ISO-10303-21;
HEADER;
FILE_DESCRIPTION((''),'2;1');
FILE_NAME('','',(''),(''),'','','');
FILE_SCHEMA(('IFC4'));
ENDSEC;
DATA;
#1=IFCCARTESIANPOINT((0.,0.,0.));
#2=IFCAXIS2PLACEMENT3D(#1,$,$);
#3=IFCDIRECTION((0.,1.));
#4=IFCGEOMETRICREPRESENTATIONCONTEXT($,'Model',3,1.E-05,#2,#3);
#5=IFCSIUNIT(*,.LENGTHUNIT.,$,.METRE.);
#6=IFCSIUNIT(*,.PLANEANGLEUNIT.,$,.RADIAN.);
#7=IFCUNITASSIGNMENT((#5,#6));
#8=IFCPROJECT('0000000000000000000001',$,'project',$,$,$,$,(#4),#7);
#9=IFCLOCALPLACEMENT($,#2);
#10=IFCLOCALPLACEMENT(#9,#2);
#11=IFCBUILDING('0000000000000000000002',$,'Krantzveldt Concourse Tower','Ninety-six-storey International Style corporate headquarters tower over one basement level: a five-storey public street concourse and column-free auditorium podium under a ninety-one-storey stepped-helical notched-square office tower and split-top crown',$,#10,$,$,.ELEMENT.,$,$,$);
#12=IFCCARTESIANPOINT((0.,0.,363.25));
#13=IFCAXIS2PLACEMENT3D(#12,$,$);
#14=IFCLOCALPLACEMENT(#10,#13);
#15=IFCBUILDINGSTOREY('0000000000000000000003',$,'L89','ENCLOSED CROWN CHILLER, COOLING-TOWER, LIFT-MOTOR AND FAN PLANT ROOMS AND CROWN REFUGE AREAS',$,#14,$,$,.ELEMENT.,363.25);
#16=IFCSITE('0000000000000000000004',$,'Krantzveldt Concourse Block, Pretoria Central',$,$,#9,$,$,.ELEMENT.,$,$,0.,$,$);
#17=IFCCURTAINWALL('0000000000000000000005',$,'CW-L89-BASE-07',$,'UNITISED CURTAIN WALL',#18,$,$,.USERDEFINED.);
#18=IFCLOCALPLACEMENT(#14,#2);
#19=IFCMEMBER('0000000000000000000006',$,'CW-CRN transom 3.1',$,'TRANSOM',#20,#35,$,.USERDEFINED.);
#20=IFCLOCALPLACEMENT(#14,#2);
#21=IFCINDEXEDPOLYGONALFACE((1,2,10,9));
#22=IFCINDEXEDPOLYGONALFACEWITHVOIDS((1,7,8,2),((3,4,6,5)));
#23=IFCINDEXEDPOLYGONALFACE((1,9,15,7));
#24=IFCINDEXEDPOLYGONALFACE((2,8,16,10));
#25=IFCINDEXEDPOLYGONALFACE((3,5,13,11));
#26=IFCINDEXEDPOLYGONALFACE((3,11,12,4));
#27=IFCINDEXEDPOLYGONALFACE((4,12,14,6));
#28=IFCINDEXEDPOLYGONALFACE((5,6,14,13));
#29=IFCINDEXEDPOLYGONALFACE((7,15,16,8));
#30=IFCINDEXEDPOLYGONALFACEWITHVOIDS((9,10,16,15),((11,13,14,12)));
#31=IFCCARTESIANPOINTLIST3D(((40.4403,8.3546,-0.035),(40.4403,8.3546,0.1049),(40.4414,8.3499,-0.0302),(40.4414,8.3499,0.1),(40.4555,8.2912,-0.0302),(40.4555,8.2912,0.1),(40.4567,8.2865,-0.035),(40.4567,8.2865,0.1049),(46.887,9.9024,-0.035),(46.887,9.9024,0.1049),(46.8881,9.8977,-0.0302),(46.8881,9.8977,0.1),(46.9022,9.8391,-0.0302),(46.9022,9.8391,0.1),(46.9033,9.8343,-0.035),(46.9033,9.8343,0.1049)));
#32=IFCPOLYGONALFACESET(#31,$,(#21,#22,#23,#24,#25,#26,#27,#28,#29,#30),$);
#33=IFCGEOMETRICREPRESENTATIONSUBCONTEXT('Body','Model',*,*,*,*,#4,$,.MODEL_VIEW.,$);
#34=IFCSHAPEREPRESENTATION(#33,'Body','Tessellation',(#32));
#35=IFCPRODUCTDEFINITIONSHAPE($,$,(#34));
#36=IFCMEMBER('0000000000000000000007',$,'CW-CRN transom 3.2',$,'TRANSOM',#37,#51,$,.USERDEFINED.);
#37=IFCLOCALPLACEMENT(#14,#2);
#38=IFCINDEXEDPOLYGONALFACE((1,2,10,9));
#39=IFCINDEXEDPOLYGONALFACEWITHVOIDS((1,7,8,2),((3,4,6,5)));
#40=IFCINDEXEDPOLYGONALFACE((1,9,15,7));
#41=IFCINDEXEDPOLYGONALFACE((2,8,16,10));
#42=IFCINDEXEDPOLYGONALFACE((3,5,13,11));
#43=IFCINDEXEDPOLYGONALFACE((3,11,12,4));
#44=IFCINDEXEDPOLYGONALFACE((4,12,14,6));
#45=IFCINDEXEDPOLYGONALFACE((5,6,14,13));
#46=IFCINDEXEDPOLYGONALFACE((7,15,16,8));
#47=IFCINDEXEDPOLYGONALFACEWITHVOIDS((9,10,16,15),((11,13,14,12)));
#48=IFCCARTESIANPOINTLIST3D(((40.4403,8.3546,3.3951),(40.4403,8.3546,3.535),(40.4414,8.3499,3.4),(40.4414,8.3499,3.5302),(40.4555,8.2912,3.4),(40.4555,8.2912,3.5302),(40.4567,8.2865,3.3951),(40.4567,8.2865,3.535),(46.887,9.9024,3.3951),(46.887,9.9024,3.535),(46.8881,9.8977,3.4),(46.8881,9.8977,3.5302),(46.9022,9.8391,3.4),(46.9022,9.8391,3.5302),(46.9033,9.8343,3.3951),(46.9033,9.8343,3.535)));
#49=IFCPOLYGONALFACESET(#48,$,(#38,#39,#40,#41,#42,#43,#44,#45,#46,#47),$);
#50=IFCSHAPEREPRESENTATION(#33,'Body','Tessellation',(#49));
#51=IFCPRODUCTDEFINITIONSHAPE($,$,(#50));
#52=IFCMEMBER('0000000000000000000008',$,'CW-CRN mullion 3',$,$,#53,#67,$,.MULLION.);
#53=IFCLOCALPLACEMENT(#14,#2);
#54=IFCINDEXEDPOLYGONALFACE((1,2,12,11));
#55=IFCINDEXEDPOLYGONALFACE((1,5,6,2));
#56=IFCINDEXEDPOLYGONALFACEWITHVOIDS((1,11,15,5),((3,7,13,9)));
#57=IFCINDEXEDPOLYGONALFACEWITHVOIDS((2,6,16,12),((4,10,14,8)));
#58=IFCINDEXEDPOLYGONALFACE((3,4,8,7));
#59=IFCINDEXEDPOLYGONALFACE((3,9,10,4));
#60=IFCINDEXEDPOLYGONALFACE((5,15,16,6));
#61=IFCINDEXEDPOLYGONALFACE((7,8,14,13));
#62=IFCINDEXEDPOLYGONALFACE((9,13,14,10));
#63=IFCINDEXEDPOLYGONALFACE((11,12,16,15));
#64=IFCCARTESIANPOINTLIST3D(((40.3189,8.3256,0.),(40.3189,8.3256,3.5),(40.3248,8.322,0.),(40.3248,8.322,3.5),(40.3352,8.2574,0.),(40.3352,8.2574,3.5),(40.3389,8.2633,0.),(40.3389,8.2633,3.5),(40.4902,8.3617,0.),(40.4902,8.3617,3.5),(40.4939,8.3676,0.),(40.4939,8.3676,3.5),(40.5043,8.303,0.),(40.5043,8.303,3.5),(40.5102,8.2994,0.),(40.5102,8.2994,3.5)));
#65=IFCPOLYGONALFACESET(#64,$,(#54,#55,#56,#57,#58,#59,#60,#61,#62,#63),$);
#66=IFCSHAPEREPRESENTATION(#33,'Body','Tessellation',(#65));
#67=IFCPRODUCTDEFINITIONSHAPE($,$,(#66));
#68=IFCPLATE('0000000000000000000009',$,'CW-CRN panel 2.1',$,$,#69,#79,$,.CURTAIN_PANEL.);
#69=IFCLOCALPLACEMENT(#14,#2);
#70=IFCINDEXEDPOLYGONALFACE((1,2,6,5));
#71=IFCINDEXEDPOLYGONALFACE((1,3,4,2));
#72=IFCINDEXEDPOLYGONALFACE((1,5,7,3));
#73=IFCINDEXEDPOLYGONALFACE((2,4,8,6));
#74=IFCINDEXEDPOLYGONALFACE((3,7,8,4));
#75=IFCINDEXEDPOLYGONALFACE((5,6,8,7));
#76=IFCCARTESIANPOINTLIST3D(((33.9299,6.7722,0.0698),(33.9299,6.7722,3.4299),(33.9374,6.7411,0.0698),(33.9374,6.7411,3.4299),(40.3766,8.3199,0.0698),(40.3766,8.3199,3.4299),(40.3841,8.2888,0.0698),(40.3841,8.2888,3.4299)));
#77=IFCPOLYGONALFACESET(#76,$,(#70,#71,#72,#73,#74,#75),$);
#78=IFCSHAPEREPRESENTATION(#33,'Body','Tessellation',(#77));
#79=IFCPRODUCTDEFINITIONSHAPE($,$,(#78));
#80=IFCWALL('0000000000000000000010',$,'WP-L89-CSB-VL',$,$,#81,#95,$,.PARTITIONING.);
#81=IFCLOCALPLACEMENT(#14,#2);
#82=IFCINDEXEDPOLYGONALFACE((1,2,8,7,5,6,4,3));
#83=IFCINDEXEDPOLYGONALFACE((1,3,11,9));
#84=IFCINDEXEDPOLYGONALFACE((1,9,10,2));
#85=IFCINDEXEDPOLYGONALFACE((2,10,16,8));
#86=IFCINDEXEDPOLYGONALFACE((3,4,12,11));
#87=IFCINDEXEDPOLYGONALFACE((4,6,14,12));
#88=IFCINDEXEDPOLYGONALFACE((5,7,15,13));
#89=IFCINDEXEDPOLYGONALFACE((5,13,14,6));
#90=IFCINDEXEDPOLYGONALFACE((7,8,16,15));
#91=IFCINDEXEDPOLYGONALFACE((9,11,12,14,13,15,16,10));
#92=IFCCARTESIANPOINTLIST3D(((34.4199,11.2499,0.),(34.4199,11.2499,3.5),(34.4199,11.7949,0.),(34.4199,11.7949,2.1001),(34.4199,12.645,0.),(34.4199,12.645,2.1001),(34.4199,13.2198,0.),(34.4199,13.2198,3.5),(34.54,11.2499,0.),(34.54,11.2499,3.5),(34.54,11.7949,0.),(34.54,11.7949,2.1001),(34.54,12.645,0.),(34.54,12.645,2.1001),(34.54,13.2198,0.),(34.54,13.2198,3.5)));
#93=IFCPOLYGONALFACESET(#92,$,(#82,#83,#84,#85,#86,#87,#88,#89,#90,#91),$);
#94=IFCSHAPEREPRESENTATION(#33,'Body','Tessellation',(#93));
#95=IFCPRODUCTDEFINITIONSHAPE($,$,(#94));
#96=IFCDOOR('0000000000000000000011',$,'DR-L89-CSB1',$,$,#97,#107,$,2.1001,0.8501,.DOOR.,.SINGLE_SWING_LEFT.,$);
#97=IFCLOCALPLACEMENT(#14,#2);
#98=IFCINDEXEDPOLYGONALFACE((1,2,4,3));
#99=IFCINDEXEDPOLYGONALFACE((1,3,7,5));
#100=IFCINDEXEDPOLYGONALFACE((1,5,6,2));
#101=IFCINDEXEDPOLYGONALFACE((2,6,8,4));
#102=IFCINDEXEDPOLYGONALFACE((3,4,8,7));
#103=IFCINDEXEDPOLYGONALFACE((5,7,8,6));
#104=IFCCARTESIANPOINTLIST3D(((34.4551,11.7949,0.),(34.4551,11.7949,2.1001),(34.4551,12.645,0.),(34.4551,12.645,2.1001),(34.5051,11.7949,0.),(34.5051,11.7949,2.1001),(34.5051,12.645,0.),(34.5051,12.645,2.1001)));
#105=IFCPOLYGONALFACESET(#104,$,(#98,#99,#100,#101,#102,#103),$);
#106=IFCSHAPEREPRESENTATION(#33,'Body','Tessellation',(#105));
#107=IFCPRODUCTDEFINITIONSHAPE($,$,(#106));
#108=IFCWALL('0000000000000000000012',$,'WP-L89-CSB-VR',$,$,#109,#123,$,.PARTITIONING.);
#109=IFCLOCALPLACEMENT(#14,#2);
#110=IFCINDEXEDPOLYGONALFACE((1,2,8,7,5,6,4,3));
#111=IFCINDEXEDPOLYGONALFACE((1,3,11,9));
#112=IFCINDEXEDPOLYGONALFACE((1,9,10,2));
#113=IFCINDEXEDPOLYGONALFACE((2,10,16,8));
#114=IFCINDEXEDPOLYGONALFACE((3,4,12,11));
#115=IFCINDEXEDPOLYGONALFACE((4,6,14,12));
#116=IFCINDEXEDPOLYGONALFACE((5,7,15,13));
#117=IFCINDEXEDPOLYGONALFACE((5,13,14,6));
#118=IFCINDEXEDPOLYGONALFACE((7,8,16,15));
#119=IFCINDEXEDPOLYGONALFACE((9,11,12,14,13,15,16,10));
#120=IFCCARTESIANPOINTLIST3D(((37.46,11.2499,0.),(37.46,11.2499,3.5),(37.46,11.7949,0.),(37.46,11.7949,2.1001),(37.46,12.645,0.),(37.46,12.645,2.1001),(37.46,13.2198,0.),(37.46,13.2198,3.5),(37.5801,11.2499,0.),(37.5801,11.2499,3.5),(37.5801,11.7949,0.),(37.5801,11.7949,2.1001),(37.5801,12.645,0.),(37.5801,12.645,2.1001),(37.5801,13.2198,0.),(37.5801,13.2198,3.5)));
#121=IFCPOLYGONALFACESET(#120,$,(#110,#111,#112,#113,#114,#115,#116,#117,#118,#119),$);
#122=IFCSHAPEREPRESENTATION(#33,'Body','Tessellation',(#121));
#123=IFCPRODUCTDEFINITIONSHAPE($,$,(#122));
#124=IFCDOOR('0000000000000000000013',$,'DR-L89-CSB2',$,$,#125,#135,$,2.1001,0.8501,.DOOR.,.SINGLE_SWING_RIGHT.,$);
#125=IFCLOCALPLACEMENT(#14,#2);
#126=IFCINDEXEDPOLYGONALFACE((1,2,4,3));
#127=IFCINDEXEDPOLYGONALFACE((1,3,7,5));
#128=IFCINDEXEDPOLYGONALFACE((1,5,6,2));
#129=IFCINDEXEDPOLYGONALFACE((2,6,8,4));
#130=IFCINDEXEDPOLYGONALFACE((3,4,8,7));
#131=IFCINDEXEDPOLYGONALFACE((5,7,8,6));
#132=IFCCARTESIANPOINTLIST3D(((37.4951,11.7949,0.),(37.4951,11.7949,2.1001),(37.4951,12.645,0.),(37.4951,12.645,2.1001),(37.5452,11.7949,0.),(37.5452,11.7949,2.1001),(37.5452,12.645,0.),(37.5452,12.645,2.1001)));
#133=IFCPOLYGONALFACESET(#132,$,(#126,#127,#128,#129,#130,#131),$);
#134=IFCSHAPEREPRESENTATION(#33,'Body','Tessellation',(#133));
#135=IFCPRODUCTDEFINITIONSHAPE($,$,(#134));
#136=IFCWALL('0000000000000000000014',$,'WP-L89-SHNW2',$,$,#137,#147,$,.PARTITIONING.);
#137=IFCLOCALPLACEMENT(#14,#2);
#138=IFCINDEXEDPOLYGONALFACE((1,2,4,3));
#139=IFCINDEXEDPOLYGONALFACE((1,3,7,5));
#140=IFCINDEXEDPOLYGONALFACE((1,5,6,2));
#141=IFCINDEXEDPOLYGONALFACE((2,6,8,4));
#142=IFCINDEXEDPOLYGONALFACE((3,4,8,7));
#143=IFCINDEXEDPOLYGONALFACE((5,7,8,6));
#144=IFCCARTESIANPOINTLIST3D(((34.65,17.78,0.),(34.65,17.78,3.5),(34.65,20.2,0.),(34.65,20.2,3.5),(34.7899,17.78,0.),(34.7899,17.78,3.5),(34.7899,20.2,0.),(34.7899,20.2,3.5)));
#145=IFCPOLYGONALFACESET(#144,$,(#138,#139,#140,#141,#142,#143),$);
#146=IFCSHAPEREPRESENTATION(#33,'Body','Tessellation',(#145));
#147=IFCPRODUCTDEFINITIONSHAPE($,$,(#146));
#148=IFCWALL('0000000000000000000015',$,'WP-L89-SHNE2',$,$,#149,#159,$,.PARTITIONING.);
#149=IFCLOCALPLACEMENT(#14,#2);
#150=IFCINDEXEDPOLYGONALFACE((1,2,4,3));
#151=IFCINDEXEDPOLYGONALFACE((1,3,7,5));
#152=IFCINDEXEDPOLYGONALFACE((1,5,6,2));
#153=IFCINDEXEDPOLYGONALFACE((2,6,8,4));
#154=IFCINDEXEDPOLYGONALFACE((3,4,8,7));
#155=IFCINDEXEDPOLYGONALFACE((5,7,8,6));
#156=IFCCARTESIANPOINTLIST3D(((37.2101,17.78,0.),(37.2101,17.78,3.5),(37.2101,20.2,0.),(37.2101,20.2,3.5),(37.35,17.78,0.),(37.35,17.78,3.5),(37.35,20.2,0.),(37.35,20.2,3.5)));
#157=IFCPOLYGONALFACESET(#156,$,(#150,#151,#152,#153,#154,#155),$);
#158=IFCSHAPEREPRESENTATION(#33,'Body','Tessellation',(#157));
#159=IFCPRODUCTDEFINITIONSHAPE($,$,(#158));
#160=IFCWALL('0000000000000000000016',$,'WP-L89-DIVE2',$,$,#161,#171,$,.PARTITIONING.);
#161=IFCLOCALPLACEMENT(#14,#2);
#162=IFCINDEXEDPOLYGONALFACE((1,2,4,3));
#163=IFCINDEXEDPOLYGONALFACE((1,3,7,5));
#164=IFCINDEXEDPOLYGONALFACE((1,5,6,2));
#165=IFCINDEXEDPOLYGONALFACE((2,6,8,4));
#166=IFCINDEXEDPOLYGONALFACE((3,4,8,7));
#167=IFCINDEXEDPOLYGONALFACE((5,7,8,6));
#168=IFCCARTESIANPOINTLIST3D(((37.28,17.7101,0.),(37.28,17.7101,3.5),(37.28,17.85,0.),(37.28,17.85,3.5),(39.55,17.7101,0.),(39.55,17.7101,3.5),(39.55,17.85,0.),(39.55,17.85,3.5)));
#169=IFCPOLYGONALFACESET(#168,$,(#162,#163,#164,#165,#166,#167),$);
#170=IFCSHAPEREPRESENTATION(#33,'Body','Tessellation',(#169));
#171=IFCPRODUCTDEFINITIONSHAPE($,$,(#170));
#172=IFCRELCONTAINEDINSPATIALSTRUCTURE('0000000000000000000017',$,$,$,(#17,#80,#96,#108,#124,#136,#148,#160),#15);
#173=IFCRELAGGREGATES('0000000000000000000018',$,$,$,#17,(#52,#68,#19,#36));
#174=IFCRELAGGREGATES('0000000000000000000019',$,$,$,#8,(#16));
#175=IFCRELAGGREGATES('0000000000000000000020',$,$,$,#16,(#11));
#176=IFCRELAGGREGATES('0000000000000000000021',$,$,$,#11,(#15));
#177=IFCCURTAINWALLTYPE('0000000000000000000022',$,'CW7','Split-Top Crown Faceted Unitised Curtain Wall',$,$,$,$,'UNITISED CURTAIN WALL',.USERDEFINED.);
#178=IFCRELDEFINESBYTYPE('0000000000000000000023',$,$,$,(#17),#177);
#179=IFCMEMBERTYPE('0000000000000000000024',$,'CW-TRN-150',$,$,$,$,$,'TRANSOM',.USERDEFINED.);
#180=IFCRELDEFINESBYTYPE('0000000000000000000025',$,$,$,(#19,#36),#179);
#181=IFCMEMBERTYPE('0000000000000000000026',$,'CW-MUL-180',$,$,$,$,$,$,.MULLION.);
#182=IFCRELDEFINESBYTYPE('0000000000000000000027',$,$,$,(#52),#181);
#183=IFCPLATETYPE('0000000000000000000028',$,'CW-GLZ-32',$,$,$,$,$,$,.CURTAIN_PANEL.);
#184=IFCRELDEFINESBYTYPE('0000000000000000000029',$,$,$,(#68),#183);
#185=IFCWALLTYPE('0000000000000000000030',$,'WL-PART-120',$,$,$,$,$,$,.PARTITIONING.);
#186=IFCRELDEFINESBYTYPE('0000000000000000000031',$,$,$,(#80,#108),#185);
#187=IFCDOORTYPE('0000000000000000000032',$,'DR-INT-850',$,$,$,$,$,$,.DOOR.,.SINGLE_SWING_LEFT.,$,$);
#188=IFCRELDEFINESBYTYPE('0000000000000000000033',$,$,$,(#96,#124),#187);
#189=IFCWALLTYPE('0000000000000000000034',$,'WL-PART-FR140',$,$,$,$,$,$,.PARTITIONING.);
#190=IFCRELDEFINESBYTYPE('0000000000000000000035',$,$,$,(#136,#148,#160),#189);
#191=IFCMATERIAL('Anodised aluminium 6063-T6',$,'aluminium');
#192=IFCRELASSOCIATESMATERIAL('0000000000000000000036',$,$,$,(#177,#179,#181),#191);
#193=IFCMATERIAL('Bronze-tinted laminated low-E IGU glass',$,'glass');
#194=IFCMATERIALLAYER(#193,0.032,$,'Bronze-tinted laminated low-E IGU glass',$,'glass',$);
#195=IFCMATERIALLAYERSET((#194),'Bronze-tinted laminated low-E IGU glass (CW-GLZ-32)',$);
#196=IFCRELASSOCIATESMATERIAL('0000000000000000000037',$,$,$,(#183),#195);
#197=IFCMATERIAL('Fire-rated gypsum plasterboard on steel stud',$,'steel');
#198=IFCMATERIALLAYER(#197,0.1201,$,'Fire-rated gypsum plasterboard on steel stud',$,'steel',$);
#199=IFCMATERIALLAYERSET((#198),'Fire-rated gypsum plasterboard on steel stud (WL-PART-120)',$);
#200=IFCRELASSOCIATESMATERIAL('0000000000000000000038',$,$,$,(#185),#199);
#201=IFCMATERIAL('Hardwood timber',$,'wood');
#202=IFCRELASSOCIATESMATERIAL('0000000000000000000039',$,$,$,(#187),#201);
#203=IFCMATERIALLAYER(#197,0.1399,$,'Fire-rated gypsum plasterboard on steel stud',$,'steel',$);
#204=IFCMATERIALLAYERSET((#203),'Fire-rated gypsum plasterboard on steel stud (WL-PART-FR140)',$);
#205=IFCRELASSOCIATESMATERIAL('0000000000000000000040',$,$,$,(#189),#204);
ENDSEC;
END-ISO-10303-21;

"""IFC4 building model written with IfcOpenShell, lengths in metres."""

from ifc_helpers import new_model, si_unit, direction, frame, frame_2d, origin, origin_2d, place, context, subcontext, project, spatial, rectangle, hollow_rectangle, extrude, source, transform, mapped, material, layer, layer_set, material_profile, profile_set, type_object, type_shapes, element, fill, aggregate, save


model = new_model("IFC4")

# Units and contexts
model_context = context("Model", 3, precision=1e-05, world=origin(), true_north=direction((0.0, 1.0)))
body_context = subcontext(model_context, "Body", "Model", "MODEL_VIEW")
ifc_project = project(units=[si_unit("LENGTHUNIT", "METRE"), si_unit("PLANEANGLEUNIT", "RADIAN")], contexts=[model_context])

# Site, building, storey
site_placement = place(None, origin())
site = spatial("IfcSite", under=ifc_project, at=site_placement, Name="Krantzveldt Concourse Block, Pretoria Central", CompositionType="ELEMENT", RefElevation=0.0)
building_placement = place(site_placement, origin())
building = spatial("IfcBuilding", under=site, at=building_placement, Name="Krantzveldt Concourse Tower", Description="Ninety-six-storey International Style corporate headquarters tower over one basement level: a five-storey public street concourse and column-free auditorium podium under a ninety-one-storey stepped-helical notched-square office tower and split-top crown", CompositionType="ELEMENT")
storey_placement = place(building_placement, frame((0.0, 0.0, 363.25)))
storey = spatial("IfcBuildingStorey", under=building, at=storey_placement, Name="L89", Description="ENCLOSED CROWN CHILLER, COOLING-TOWER, LIFT-MOTOR AND FAN PLANT ROOMS AND CROWN REFUGE AREAS", CompositionType="ELEMENT", Elevation=363.25)

# Curtain wall, members, plate
ifc_material_1 = material(Name="Anodised aluminium 6063-T6", Category="aluminium")
curtain_wall_type = type_object("IfcCurtainWallType", Name="CW7", Description="Split-Top Crown Faceted Unitised Curtain Wall", ElementType="UNITISED CURTAIN WALL", PredefinedType="USERDEFINED", material=ifc_material_1)
curtain_wall_placement = place(storey_placement, origin())
curtain_wall = element("IfcCurtainWall", 1, at=curtain_wall_placement, inside=storey, type_object=curtain_wall_type, Name="CW-L89-BASE-07", ObjectType="UNITISED CURTAIN WALL", PredefinedType="USERDEFINED")
ifc_material_profile_1 = material_profile(ifc_material_1, hollow_rectangle(XDim=0.0701, YDim=0.1399, WallThickness=0.0049, at=origin_2d()), Name="Anodised aluminium 6063-T6", Category="aluminium")
ifc_profile_set_1 = profile_set([ifc_material_profile_1], Name="Anodised aluminium 6063-T6 - ALU-TRAN 140x70x5")
member_type_1 = type_object("IfcMemberType", Name="CW-TRN-150", ElementType="TRANSOM", PredefinedType="USERDEFINED", material=ifc_profile_set_1)
shared_shape_1 = source(origin(), body_context, "Body", "SweptSolid", [
    extrude(hollow_rectangle(XDim=0.0701, YDim=0.1399, WallThickness=0.0049, at=origin_2d()), origin(), (0.0, 0.0, 1.0), 6.6299),
])
type_shapes(member_type_1, [shared_shape_1])
member_1_placement = place(storey_placement, frame((40.4485, 8.3206, 0.0349), z_axis=(0.972366, 0.233462, 0.0), x_axis=(-0.233462, 0.972366, 0.0)))
member_1 = element("IfcMember", 2, at=member_1_placement, type_object=member_type_1, Name="CW-CRN transom 3.1", ObjectType="TRANSOM", PredefinedType="USERDEFINED", context=body_context, shape_type="MappedRepresentation", body=[
    mapped(shared_shape_1, transform((0.0, 0.0, 0.0), x_axis=(1.0, 0.0, 0.0), y_axis=(0.0, 1.0, 0.0), z_axis=(0.0, 0.0, 1.0), scale=1.0)),
])
member_2_placement = place(storey_placement, frame((40.4485, 8.3206, 3.4651), z_axis=(0.972366, 0.233462, 0.0), x_axis=(-0.233462, 0.972366, 0.0)))
member_2 = element("IfcMember", 3, at=member_2_placement, type_object=member_type_1, Name="CW-CRN transom 3.2", ObjectType="TRANSOM", PredefinedType="USERDEFINED", context=body_context, shape_type="MappedRepresentation", body=[
    mapped(shared_shape_1, transform((0.0, 0.0, 0.0), x_axis=(1.0, 0.0, 0.0), y_axis=(0.0, 1.0, 0.0), z_axis=(0.0, 0.0, 1.0), scale=1.0)),
])
ifc_material_profile_2 = material_profile(ifc_material_1, hollow_rectangle(XDim=0.0701, YDim=0.1799, WallThickness=0.0049, at=origin_2d()), Name="Anodised aluminium 6063-T6", Category="aluminium")
ifc_profile_set_2 = profile_set([ifc_material_profile_2], Name="Anodised aluminium 6063-T6 - ALU-MULL 180x70x5")
member_type_2 = type_object("IfcMemberType", Name="CW-MUL-180", PredefinedType="MULLION", material=ifc_profile_set_2)
shared_shape_2 = source(origin(), body_context, "Body", "SweptSolid", [
    extrude(hollow_rectangle(XDim=0.0701, YDim=0.1799, WallThickness=0.0049, at=origin_2d()), origin(), (0.0, 0.0, 1.0), 3.5),
])
type_shapes(member_type_2, [shared_shape_2])
member_3_placement = place(storey_placement, frame((40.4146, 8.3125, 0.0), z_axis=(0.0, 0.0, 1.0), x_axis=(-0.233445, 0.97237, 0.0)))
member_3 = element("IfcMember", 4, at=member_3_placement, type_object=member_type_2, Name="CW-CRN mullion 3", PredefinedType="MULLION", context=body_context, shape_type="MappedRepresentation", body=[
    mapped(shared_shape_2, transform((0.0, 0.0, 0.0), x_axis=(1.0, 0.0, 0.0), y_axis=(0.0, 1.0, 0.0), z_axis=(0.0, 0.0, 1.0), scale=1.0)),
])
ifc_material_2 = material(Name="Bronze-tinted laminated low-E IGU glass", Category="glass")
ifc_layer_1 = layer(ifc_material_2, 0.032, Name="Bronze-tinted laminated low-E IGU glass", Category="glass")
ifc_layer_set_1 = layer_set([ifc_layer_1], Name="Bronze-tinted laminated low-E IGU glass (CW-GLZ-32)")
plate_type = type_object("IfcPlateType", Name="CW-GLZ-32", PredefinedType="CURTAIN_PANEL", material=ifc_layer_set_1)
shared_shape_3 = source(origin(), body_context, "Body", "SweptSolid", [
    extrude(rectangle(XDim=6.6299, YDim=0.032, at=origin_2d()), origin(), (0.0, 0.0, 1.0), 3.3601),
])
type_shapes(plate_type, [shared_shape_3])
plate_placement = place(storey_placement, frame((37.157, 7.5305, 0.0698), z_axis=(0.0, 0.0, 1.0), x_axis=(0.97237, 0.233445, 0.0)))
plate = element("IfcPlate", 5, at=plate_placement, type_object=plate_type, Name="CW-CRN panel 2.1", PredefinedType="CURTAIN_PANEL", context=body_context, shape_type="MappedRepresentation", body=[
    mapped(shared_shape_3, transform((0.0, 0.0, 0.0), x_axis=(1.0, 0.0, 0.0), y_axis=(0.0, 1.0, 0.0), z_axis=(0.0, 0.0, 1.0), scale=1.0)),
])
aggregate(curtain_wall, [member_3, plate, member_1, member_2])

# Walls, openings, doors
ifc_material_3 = material(Name="Fire-rated gypsum plasterboard on steel stud", Category="steel")
ifc_layer_2 = layer(ifc_material_3, 0.1201, Name="Fire-rated gypsum plasterboard on steel stud", Category="steel")
ifc_layer_set_2 = layer_set([ifc_layer_2], Name="Fire-rated gypsum plasterboard on steel stud (WL-PART-120)")
wall_type_1 = type_object("IfcWallType", Name="WL-PART-120", PredefinedType="PARTITIONING", material=ifc_layer_set_2)
wall_1_placement = place(storey_placement, frame((34.48, 11.25, 0.0), z_axis=(0.0, 0.0, 1.0), x_axis=(0.0, 1.0, 0.0)))
wall_1 = element("IfcWall", 6, at=wall_1_placement, inside=storey, type_object=wall_type_1, Name="WP-L89-CSB-VL", PredefinedType="PARTITIONING", context=body_context, shape_type="SweptSolid", body=[
    extrude(rectangle(XDim=1.97, YDim=0.1201, at=frame_2d((0.9849, 0.0))), origin(), (0.0, 0.0, 1.0), 3.5),
])
opening_1_placement = place(wall_1_placement, frame((0.5449, 0.0, 0.0)))
opening_1 = element("IfcOpeningElement", 7, at=opening_1_placement, cuts=wall_1, PredefinedType="OPENING", context=body_context, shape_type="SweptSolid", body=[
    extrude(rectangle(XDim=0.8501, YDim=2.1001, at=frame_2d((0.425, 1.05))), frame((0.0, 0.0701, 0.0), z_axis=(0.0, -1.0, 0.0), x_axis=(1.0, 0.0, 0.0)), (0.0, 0.0, 1.0), 0.1401),
])
ifc_material_4 = material(Name="Hardwood timber", Category="wood")
door_type_1 = type_object("IfcDoorType", Name="DR-INT-850", OperationType="SINGLE_SWING_LEFT", PredefinedType="DOOR", material=ifc_material_4)
door_1_placement = place(opening_1_placement, origin())
door_1 = element("IfcDoor", 8, at=door_1_placement, inside=storey, type_object=door_type_1, Name="DR-L89-CSB1", OperationType="SINGLE_SWING_LEFT", OverallHeight=2.1001, OverallWidth=0.8501, PredefinedType="DOOR", context=body_context, shape_type="SweptSolid", body=[
    extrude(rectangle(XDim=0.8501, YDim=2.1001, at=frame_2d((0.425, 1.05))), frame((0.0, 0.0249, 0.0), z_axis=(0.0, -1.0, 0.0), x_axis=(1.0, 0.0, 0.0)), (0.0, 0.0, 1.0), 0.05),
])
fill(opening_1, door_1)
wall_2_placement = place(storey_placement, frame((37.52, 11.25, 0.0), z_axis=(0.0, 0.0, 1.0), x_axis=(0.0, 1.0, 0.0)))
wall_2 = element("IfcWall", 9, at=wall_2_placement, inside=storey, type_object=wall_type_1, Name="WP-L89-CSB-VR", PredefinedType="PARTITIONING", context=body_context, shape_type="SweptSolid", body=[
    extrude(rectangle(XDim=1.97, YDim=0.1201, at=frame_2d((0.9849, 0.0))), origin(), (0.0, 0.0, 1.0), 3.5),
])
opening_2_placement = place(wall_2_placement, frame((0.5449, 0.0, 0.0)))
opening_2 = element("IfcOpeningElement", 10, at=opening_2_placement, cuts=wall_2, PredefinedType="OPENING", context=body_context, shape_type="SweptSolid", body=[
    extrude(rectangle(XDim=0.8501, YDim=2.1001, at=frame_2d((0.425, 1.05))), frame((0.0, 0.0701, 0.0), z_axis=(0.0, -1.0, 0.0), x_axis=(1.0, 0.0, 0.0)), (0.0, 0.0, 1.0), 0.1401),
])
door_2_placement = place(opening_2_placement, origin())
door_2 = element("IfcDoor", 11, at=door_2_placement, inside=storey, type_object=door_type_1, Name="DR-L89-CSB2", OperationType="SINGLE_SWING_RIGHT", OverallHeight=2.1001, OverallWidth=0.8501, PredefinedType="DOOR", context=body_context, shape_type="SweptSolid", body=[
    extrude(rectangle(XDim=0.8501, YDim=2.1001, at=frame_2d((0.425, 1.05))), frame((0.0, 0.0249, 0.0), z_axis=(0.0, -1.0, 0.0), x_axis=(1.0, 0.0, 0.0)), (0.0, 0.0, 1.0), 0.05),
])
fill(opening_2, door_2)

# Walls
ifc_layer_3 = layer(ifc_material_3, 0.1399, Name="Fire-rated gypsum plasterboard on steel stud", Category="steel")
ifc_layer_set_3 = layer_set([ifc_layer_3], Name="Fire-rated gypsum plasterboard on steel stud (WL-PART-FR140)")
wall_type_2 = type_object("IfcWallType", Name="WL-PART-FR140", PredefinedType="PARTITIONING", material=ifc_layer_set_3)
for number, where, z_axis, x_axis, name in (
    (12, (34.72, 17.78, 0.0), (0.0, 0.0, 1.0), (0.0, 1.0, 0.0), "WP-L89-SHNW2"),
    (13, (37.28, 17.78, 0.0), (0.0, 0.0, 1.0), (0.0, 1.0, 0.0), "WP-L89-SHNE2"),
):
    element("IfcWall", number, at=place(storey_placement, frame(where, z_axis=z_axis, x_axis=x_axis)), inside=storey, type_object=wall_type_2, Name=name, PredefinedType="PARTITIONING", context=body_context, shape_type="SweptSolid", body=[
        extrude(rectangle(XDim=2.4199, YDim=0.1399, at=frame_2d((1.21, 0.0))), origin(), (0.0, 0.0, 1.0), 3.5),
    ])
wall_3_placement = place(storey_placement, frame((37.28, 17.78, 0.0), z_axis=(0.0, 0.0, 1.0), x_axis=(1.0, 0.0, 0.0)))
element("IfcWall", 14, at=wall_3_placement, inside=storey, type_object=wall_type_2, Name="WP-L89-DIVE2", PredefinedType="PARTITIONING", context=body_context, shape_type="SweptSolid", body=[
    extrude(rectangle(XDim=2.27, YDim=0.1399, at=frame_2d((1.135, 0.0))), origin(), (0.0, 0.0, 1.0), 3.5),
])

save(model, "model.ifc")
